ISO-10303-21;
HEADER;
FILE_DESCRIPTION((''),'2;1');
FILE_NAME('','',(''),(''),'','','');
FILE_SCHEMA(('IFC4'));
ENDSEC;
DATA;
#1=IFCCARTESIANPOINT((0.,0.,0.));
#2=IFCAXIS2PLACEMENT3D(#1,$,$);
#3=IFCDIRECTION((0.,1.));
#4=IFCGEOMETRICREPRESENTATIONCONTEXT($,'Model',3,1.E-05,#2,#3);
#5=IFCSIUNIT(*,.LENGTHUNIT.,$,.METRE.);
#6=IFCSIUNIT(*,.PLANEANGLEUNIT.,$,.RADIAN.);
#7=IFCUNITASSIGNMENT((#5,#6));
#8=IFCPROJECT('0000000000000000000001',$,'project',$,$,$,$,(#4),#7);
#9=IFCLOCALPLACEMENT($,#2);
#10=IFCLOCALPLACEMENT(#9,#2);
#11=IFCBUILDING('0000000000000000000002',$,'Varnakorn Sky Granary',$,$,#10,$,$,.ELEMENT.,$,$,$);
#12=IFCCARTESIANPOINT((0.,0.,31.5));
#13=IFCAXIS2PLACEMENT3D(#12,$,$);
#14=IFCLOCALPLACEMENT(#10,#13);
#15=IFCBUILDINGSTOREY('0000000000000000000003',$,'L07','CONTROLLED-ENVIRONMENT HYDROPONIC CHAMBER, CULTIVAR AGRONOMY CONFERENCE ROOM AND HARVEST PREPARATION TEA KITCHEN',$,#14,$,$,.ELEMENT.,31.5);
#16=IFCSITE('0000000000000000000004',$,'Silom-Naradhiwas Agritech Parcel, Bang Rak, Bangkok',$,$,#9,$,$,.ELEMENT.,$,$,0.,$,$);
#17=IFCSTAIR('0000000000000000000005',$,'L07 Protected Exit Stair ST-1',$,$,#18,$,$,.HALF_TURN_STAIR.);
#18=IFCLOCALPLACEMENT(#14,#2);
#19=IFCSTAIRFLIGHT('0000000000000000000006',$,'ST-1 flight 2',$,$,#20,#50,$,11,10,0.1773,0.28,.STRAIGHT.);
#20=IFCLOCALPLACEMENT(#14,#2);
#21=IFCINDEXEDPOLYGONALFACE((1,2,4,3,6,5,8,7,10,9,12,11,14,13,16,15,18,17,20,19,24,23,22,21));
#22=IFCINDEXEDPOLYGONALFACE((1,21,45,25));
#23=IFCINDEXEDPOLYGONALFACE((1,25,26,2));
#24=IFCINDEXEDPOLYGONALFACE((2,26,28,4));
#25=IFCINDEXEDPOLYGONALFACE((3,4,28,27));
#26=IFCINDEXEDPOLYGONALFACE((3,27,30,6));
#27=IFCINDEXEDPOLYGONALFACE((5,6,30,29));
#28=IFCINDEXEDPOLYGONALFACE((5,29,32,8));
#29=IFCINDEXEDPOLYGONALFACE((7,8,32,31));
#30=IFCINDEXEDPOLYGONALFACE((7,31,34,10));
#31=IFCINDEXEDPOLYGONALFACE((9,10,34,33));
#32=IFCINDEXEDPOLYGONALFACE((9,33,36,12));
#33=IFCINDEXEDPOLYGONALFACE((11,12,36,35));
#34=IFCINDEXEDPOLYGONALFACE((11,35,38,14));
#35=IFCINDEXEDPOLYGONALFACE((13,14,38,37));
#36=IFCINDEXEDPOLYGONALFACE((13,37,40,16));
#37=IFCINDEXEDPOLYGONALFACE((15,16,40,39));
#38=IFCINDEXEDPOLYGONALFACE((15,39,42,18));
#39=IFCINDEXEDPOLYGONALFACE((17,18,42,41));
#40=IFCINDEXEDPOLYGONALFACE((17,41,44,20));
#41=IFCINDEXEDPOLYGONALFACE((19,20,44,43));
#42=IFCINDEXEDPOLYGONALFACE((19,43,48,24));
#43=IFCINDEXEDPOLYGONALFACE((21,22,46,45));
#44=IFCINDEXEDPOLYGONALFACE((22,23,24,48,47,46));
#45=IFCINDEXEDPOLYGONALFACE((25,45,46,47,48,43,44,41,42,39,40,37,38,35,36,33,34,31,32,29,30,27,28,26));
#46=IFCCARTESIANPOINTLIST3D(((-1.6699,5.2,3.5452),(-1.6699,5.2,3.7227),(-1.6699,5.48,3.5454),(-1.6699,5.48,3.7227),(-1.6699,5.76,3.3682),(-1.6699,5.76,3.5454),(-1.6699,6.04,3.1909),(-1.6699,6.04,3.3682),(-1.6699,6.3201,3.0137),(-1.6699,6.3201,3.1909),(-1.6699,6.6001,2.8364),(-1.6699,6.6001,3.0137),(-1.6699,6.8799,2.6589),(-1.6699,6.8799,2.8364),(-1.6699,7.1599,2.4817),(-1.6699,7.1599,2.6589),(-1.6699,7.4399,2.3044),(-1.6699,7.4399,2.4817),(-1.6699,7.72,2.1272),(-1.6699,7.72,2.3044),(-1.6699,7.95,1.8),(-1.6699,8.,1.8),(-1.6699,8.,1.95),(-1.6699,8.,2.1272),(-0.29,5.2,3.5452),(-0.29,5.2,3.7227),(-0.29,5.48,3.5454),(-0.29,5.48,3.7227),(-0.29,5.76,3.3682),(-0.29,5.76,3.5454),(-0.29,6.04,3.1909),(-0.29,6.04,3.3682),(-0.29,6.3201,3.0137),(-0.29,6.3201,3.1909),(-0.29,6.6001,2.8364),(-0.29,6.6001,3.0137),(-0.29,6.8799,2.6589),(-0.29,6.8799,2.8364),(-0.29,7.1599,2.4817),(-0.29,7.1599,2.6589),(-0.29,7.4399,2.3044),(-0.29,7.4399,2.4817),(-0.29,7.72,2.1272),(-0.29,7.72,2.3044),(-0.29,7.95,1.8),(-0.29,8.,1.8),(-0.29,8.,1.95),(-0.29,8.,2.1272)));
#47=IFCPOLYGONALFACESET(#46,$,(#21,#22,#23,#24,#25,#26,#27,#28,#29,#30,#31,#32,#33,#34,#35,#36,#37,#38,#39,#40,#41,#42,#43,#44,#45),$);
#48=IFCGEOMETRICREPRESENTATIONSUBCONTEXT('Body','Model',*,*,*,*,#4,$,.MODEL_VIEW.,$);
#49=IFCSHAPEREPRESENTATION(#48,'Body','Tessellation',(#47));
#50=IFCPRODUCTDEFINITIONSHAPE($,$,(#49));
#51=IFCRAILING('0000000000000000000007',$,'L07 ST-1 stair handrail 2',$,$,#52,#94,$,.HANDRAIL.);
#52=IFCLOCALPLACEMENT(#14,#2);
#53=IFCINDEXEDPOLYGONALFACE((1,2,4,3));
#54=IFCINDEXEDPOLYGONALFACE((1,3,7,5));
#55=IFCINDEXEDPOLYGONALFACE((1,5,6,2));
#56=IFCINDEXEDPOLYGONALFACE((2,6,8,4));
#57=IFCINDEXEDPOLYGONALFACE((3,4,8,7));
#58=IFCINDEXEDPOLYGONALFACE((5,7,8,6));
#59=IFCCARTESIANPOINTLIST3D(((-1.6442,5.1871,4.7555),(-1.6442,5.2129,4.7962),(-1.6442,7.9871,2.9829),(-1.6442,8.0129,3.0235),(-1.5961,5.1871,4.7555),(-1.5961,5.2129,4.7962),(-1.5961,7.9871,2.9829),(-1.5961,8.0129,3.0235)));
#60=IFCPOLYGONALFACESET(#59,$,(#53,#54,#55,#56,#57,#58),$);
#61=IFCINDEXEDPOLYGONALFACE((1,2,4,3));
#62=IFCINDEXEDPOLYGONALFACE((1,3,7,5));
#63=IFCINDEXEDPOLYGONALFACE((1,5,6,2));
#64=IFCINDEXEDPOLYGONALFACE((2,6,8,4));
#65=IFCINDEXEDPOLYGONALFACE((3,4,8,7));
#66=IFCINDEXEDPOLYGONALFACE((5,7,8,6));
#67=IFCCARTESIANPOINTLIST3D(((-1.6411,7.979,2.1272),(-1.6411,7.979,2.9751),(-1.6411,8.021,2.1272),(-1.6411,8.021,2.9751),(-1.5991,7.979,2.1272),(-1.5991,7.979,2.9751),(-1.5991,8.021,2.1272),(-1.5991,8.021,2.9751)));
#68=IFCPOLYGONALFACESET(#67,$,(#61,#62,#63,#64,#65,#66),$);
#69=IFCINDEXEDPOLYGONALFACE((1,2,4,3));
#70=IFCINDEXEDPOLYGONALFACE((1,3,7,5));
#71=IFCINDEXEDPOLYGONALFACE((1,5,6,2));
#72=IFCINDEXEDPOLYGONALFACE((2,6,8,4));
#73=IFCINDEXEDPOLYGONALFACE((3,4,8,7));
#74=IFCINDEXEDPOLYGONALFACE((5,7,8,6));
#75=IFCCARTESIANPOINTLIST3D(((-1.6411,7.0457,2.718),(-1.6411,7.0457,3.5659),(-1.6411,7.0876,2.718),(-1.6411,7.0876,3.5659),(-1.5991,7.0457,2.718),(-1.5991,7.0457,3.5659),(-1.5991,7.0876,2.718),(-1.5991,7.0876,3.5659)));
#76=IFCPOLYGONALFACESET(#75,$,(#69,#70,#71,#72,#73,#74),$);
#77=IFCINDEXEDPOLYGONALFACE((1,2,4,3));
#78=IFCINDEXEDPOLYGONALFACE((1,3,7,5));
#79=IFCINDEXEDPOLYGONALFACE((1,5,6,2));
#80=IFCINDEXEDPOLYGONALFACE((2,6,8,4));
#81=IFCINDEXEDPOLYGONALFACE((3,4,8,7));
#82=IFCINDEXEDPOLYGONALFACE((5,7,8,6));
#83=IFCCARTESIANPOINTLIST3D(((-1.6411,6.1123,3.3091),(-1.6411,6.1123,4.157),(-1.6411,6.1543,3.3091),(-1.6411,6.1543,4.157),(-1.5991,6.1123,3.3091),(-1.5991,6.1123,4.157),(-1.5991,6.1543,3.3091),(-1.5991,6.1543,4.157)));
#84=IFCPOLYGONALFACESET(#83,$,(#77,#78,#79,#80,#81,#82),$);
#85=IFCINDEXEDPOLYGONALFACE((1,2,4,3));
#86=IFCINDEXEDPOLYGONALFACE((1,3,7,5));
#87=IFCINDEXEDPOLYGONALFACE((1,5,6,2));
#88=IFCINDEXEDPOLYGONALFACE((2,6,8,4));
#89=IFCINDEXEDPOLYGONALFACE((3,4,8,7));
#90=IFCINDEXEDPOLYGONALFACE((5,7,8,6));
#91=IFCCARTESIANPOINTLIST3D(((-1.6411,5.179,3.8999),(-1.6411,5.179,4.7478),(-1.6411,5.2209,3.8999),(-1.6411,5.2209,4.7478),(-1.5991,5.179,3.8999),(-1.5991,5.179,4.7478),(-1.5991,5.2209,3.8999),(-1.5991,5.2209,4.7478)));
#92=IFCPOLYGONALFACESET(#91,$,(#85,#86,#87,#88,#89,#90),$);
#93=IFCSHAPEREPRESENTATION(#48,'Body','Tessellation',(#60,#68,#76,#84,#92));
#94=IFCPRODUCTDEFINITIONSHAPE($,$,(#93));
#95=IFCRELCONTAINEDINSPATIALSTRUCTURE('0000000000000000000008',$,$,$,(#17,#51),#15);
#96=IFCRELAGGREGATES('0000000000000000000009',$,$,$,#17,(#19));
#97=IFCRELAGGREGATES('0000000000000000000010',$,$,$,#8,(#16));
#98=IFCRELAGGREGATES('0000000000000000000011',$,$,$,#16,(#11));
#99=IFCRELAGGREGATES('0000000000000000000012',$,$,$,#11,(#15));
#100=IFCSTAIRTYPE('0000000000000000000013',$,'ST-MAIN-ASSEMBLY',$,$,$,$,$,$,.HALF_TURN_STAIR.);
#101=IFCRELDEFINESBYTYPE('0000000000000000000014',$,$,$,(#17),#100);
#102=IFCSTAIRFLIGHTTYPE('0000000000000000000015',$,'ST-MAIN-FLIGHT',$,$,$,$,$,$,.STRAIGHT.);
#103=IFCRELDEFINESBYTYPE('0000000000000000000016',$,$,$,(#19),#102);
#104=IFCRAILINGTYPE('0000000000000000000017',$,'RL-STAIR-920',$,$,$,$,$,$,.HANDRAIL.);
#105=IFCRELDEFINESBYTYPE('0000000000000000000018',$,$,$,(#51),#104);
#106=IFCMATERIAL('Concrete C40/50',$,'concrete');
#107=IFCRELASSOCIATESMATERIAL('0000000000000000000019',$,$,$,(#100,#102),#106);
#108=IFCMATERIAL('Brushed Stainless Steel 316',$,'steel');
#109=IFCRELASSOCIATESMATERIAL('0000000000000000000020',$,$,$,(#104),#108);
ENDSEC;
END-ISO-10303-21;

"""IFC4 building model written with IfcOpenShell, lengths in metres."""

from ifc_helpers import new_model, si_unit, direction, frame, origin, origin_2d, place, context, subcontext, project, spatial, polyline, rectangle, outline, extrude, material, type_object, element, aggregate, save


model = new_model("IFC4")

# Units and contexts
model_context = context("Model", 3, precision=1e-05, world=origin(), true_north=direction((0.0, 1.0)))
body_context = subcontext(model_context, "Body", "Model", "MODEL_VIEW")
ifc_project = project(units=[si_unit("LENGTHUNIT", "METRE"), si_unit("PLANEANGLEUNIT", "RADIAN")], contexts=[model_context])

# Site, building, storey
site_placement = place(None, origin())
site = spatial("IfcSite", under=ifc_project, at=site_placement, Name="Silom-Naradhiwas Agritech Parcel, Bang Rak, Bangkok", CompositionType="ELEMENT", RefElevation=0.0)
building_placement = place(site_placement, origin())
building = spatial("IfcBuilding", under=site, at=building_placement, Name="Varnakorn Sky Granary", CompositionType="ELEMENT")
storey_placement = place(building_placement, frame((0.0, 0.0, 31.5)))
storey = spatial("IfcBuildingStorey", under=building, at=storey_placement, Name="L07", Description="CONTROLLED-ENVIRONMENT HYDROPONIC CHAMBER, CULTIVAR AGRONOMY CONFERENCE ROOM AND HARVEST PREPARATION TEA KITCHEN", CompositionType="ELEMENT", Elevation=31.5)

# Stair, stair flight
ifc_material_1 = material(Name="Concrete C40/50", Category="concrete")
stair_type = type_object("IfcStairType", Name="ST-MAIN-ASSEMBLY", PredefinedType="HALF_TURN_STAIR", material=ifc_material_1)
stair_placement = place(storey_placement, origin())
stair = element("IfcStair", 1, at=stair_placement, inside=storey, type_object=stair_type, Name="L07 Protected Exit Stair ST-1", PredefinedType="HALF_TURN_STAIR")
stair_flight_type = type_object("IfcStairFlightType", Name="ST-MAIN-FLIGHT", PredefinedType="STRAIGHT", material=ifc_material_1)
stair_flight_placement = place(storey_placement, frame((-0.98, 8.0, 1.95), z_axis=(0.0, 0.0, 1.0), x_axis=(0.0, -1.0, 0.0)))
stair_flight = element("IfcStairFlight", 2, at=stair_flight_placement, type_object=stair_flight_type, Name="ST-1 flight 2", NumberOfRisers=11, NumberOfTreads=10, PredefinedType="STRAIGHT", RiserHeight=0.1773, TreadLength=0.28, context=body_context, shape_type="SweptSolid", body=[
    extrude(outline(polyline([(0.0, -0.1499), (0.0, 0.0), (0.0, 0.1772), (0.28, 0.1772), (0.28, 0.3545), (0.5601, 0.3545), (0.5601, 0.5317), (0.8401, 0.5317), (0.8401, 0.709), (1.1201, 0.709), (1.1201, 0.8865), (1.3999, 0.8865), (1.3999, 1.0637), (1.6799, 1.0637), (1.6799, 1.241), (1.96, 1.241), (1.96, 1.4182), (2.24, 1.4182), (2.24, 1.5955), (2.52, 1.5955), (2.52, 1.7727), (2.8, 1.7727), (2.8, 1.95), (2.8, 1.5952), (0.05, -0.1499), (0.0, -0.1499)])), frame((0.0, 0.6899, 0.0), z_axis=(0.0, -1.0, 0.0), x_axis=(1.0, 0.0, 0.0)), (0.0, 0.0, 1.0), 1.3799),
])
aggregate(stair, [stair_flight])

# Railing
ifc_material_2 = material(Name="Brushed Stainless Steel 316", Category="steel")
railing_type = type_object("IfcRailingType", Name="RL-STAIR-920", PredefinedType="HANDRAIL", material=ifc_material_2)
railing_placement = place(storey_placement, frame((-1.6201, 8.0, 2.1272)))
element("IfcRailing", 3, at=railing_placement, inside=storey, type_object=railing_type, Name="L07 ST-1 stair handrail 2", PredefinedType="HANDRAIL", context=body_context, shape_type="SweptSolid", body=[
    extrude(rectangle(XDim=0.0481, YDim=0.0481, at=origin_2d()), frame((0.0, 0.0, 0.876), z_axis=(0.0, -0.844909, 0.53491), x_axis=(1.0, 0.0, 0.0)), (0.0, 0.0, 1.0), 3.314),
    extrude(rectangle(XDim=0.042, YDim=0.042, at=origin_2d()), origin(), (0.0, 0.0, 1.0), 0.8479),
    extrude(rectangle(XDim=0.042, YDim=0.042, at=origin_2d()), frame((0.0, -0.9333, 0.5908)), (0.0, 0.0, 1.0), 0.8479),
    extrude(rectangle(XDim=0.042, YDim=0.042, at=origin_2d()), frame((0.0, -1.8667, 1.1819)), (0.0, 0.0, 1.0), 0.8479),
    extrude(rectangle(XDim=0.042, YDim=0.042, at=origin_2d()), frame((0.0, -2.8, 1.7727)), (0.0, 0.0, 1.0), 0.8479),
])

save(model, "model.ifc")
